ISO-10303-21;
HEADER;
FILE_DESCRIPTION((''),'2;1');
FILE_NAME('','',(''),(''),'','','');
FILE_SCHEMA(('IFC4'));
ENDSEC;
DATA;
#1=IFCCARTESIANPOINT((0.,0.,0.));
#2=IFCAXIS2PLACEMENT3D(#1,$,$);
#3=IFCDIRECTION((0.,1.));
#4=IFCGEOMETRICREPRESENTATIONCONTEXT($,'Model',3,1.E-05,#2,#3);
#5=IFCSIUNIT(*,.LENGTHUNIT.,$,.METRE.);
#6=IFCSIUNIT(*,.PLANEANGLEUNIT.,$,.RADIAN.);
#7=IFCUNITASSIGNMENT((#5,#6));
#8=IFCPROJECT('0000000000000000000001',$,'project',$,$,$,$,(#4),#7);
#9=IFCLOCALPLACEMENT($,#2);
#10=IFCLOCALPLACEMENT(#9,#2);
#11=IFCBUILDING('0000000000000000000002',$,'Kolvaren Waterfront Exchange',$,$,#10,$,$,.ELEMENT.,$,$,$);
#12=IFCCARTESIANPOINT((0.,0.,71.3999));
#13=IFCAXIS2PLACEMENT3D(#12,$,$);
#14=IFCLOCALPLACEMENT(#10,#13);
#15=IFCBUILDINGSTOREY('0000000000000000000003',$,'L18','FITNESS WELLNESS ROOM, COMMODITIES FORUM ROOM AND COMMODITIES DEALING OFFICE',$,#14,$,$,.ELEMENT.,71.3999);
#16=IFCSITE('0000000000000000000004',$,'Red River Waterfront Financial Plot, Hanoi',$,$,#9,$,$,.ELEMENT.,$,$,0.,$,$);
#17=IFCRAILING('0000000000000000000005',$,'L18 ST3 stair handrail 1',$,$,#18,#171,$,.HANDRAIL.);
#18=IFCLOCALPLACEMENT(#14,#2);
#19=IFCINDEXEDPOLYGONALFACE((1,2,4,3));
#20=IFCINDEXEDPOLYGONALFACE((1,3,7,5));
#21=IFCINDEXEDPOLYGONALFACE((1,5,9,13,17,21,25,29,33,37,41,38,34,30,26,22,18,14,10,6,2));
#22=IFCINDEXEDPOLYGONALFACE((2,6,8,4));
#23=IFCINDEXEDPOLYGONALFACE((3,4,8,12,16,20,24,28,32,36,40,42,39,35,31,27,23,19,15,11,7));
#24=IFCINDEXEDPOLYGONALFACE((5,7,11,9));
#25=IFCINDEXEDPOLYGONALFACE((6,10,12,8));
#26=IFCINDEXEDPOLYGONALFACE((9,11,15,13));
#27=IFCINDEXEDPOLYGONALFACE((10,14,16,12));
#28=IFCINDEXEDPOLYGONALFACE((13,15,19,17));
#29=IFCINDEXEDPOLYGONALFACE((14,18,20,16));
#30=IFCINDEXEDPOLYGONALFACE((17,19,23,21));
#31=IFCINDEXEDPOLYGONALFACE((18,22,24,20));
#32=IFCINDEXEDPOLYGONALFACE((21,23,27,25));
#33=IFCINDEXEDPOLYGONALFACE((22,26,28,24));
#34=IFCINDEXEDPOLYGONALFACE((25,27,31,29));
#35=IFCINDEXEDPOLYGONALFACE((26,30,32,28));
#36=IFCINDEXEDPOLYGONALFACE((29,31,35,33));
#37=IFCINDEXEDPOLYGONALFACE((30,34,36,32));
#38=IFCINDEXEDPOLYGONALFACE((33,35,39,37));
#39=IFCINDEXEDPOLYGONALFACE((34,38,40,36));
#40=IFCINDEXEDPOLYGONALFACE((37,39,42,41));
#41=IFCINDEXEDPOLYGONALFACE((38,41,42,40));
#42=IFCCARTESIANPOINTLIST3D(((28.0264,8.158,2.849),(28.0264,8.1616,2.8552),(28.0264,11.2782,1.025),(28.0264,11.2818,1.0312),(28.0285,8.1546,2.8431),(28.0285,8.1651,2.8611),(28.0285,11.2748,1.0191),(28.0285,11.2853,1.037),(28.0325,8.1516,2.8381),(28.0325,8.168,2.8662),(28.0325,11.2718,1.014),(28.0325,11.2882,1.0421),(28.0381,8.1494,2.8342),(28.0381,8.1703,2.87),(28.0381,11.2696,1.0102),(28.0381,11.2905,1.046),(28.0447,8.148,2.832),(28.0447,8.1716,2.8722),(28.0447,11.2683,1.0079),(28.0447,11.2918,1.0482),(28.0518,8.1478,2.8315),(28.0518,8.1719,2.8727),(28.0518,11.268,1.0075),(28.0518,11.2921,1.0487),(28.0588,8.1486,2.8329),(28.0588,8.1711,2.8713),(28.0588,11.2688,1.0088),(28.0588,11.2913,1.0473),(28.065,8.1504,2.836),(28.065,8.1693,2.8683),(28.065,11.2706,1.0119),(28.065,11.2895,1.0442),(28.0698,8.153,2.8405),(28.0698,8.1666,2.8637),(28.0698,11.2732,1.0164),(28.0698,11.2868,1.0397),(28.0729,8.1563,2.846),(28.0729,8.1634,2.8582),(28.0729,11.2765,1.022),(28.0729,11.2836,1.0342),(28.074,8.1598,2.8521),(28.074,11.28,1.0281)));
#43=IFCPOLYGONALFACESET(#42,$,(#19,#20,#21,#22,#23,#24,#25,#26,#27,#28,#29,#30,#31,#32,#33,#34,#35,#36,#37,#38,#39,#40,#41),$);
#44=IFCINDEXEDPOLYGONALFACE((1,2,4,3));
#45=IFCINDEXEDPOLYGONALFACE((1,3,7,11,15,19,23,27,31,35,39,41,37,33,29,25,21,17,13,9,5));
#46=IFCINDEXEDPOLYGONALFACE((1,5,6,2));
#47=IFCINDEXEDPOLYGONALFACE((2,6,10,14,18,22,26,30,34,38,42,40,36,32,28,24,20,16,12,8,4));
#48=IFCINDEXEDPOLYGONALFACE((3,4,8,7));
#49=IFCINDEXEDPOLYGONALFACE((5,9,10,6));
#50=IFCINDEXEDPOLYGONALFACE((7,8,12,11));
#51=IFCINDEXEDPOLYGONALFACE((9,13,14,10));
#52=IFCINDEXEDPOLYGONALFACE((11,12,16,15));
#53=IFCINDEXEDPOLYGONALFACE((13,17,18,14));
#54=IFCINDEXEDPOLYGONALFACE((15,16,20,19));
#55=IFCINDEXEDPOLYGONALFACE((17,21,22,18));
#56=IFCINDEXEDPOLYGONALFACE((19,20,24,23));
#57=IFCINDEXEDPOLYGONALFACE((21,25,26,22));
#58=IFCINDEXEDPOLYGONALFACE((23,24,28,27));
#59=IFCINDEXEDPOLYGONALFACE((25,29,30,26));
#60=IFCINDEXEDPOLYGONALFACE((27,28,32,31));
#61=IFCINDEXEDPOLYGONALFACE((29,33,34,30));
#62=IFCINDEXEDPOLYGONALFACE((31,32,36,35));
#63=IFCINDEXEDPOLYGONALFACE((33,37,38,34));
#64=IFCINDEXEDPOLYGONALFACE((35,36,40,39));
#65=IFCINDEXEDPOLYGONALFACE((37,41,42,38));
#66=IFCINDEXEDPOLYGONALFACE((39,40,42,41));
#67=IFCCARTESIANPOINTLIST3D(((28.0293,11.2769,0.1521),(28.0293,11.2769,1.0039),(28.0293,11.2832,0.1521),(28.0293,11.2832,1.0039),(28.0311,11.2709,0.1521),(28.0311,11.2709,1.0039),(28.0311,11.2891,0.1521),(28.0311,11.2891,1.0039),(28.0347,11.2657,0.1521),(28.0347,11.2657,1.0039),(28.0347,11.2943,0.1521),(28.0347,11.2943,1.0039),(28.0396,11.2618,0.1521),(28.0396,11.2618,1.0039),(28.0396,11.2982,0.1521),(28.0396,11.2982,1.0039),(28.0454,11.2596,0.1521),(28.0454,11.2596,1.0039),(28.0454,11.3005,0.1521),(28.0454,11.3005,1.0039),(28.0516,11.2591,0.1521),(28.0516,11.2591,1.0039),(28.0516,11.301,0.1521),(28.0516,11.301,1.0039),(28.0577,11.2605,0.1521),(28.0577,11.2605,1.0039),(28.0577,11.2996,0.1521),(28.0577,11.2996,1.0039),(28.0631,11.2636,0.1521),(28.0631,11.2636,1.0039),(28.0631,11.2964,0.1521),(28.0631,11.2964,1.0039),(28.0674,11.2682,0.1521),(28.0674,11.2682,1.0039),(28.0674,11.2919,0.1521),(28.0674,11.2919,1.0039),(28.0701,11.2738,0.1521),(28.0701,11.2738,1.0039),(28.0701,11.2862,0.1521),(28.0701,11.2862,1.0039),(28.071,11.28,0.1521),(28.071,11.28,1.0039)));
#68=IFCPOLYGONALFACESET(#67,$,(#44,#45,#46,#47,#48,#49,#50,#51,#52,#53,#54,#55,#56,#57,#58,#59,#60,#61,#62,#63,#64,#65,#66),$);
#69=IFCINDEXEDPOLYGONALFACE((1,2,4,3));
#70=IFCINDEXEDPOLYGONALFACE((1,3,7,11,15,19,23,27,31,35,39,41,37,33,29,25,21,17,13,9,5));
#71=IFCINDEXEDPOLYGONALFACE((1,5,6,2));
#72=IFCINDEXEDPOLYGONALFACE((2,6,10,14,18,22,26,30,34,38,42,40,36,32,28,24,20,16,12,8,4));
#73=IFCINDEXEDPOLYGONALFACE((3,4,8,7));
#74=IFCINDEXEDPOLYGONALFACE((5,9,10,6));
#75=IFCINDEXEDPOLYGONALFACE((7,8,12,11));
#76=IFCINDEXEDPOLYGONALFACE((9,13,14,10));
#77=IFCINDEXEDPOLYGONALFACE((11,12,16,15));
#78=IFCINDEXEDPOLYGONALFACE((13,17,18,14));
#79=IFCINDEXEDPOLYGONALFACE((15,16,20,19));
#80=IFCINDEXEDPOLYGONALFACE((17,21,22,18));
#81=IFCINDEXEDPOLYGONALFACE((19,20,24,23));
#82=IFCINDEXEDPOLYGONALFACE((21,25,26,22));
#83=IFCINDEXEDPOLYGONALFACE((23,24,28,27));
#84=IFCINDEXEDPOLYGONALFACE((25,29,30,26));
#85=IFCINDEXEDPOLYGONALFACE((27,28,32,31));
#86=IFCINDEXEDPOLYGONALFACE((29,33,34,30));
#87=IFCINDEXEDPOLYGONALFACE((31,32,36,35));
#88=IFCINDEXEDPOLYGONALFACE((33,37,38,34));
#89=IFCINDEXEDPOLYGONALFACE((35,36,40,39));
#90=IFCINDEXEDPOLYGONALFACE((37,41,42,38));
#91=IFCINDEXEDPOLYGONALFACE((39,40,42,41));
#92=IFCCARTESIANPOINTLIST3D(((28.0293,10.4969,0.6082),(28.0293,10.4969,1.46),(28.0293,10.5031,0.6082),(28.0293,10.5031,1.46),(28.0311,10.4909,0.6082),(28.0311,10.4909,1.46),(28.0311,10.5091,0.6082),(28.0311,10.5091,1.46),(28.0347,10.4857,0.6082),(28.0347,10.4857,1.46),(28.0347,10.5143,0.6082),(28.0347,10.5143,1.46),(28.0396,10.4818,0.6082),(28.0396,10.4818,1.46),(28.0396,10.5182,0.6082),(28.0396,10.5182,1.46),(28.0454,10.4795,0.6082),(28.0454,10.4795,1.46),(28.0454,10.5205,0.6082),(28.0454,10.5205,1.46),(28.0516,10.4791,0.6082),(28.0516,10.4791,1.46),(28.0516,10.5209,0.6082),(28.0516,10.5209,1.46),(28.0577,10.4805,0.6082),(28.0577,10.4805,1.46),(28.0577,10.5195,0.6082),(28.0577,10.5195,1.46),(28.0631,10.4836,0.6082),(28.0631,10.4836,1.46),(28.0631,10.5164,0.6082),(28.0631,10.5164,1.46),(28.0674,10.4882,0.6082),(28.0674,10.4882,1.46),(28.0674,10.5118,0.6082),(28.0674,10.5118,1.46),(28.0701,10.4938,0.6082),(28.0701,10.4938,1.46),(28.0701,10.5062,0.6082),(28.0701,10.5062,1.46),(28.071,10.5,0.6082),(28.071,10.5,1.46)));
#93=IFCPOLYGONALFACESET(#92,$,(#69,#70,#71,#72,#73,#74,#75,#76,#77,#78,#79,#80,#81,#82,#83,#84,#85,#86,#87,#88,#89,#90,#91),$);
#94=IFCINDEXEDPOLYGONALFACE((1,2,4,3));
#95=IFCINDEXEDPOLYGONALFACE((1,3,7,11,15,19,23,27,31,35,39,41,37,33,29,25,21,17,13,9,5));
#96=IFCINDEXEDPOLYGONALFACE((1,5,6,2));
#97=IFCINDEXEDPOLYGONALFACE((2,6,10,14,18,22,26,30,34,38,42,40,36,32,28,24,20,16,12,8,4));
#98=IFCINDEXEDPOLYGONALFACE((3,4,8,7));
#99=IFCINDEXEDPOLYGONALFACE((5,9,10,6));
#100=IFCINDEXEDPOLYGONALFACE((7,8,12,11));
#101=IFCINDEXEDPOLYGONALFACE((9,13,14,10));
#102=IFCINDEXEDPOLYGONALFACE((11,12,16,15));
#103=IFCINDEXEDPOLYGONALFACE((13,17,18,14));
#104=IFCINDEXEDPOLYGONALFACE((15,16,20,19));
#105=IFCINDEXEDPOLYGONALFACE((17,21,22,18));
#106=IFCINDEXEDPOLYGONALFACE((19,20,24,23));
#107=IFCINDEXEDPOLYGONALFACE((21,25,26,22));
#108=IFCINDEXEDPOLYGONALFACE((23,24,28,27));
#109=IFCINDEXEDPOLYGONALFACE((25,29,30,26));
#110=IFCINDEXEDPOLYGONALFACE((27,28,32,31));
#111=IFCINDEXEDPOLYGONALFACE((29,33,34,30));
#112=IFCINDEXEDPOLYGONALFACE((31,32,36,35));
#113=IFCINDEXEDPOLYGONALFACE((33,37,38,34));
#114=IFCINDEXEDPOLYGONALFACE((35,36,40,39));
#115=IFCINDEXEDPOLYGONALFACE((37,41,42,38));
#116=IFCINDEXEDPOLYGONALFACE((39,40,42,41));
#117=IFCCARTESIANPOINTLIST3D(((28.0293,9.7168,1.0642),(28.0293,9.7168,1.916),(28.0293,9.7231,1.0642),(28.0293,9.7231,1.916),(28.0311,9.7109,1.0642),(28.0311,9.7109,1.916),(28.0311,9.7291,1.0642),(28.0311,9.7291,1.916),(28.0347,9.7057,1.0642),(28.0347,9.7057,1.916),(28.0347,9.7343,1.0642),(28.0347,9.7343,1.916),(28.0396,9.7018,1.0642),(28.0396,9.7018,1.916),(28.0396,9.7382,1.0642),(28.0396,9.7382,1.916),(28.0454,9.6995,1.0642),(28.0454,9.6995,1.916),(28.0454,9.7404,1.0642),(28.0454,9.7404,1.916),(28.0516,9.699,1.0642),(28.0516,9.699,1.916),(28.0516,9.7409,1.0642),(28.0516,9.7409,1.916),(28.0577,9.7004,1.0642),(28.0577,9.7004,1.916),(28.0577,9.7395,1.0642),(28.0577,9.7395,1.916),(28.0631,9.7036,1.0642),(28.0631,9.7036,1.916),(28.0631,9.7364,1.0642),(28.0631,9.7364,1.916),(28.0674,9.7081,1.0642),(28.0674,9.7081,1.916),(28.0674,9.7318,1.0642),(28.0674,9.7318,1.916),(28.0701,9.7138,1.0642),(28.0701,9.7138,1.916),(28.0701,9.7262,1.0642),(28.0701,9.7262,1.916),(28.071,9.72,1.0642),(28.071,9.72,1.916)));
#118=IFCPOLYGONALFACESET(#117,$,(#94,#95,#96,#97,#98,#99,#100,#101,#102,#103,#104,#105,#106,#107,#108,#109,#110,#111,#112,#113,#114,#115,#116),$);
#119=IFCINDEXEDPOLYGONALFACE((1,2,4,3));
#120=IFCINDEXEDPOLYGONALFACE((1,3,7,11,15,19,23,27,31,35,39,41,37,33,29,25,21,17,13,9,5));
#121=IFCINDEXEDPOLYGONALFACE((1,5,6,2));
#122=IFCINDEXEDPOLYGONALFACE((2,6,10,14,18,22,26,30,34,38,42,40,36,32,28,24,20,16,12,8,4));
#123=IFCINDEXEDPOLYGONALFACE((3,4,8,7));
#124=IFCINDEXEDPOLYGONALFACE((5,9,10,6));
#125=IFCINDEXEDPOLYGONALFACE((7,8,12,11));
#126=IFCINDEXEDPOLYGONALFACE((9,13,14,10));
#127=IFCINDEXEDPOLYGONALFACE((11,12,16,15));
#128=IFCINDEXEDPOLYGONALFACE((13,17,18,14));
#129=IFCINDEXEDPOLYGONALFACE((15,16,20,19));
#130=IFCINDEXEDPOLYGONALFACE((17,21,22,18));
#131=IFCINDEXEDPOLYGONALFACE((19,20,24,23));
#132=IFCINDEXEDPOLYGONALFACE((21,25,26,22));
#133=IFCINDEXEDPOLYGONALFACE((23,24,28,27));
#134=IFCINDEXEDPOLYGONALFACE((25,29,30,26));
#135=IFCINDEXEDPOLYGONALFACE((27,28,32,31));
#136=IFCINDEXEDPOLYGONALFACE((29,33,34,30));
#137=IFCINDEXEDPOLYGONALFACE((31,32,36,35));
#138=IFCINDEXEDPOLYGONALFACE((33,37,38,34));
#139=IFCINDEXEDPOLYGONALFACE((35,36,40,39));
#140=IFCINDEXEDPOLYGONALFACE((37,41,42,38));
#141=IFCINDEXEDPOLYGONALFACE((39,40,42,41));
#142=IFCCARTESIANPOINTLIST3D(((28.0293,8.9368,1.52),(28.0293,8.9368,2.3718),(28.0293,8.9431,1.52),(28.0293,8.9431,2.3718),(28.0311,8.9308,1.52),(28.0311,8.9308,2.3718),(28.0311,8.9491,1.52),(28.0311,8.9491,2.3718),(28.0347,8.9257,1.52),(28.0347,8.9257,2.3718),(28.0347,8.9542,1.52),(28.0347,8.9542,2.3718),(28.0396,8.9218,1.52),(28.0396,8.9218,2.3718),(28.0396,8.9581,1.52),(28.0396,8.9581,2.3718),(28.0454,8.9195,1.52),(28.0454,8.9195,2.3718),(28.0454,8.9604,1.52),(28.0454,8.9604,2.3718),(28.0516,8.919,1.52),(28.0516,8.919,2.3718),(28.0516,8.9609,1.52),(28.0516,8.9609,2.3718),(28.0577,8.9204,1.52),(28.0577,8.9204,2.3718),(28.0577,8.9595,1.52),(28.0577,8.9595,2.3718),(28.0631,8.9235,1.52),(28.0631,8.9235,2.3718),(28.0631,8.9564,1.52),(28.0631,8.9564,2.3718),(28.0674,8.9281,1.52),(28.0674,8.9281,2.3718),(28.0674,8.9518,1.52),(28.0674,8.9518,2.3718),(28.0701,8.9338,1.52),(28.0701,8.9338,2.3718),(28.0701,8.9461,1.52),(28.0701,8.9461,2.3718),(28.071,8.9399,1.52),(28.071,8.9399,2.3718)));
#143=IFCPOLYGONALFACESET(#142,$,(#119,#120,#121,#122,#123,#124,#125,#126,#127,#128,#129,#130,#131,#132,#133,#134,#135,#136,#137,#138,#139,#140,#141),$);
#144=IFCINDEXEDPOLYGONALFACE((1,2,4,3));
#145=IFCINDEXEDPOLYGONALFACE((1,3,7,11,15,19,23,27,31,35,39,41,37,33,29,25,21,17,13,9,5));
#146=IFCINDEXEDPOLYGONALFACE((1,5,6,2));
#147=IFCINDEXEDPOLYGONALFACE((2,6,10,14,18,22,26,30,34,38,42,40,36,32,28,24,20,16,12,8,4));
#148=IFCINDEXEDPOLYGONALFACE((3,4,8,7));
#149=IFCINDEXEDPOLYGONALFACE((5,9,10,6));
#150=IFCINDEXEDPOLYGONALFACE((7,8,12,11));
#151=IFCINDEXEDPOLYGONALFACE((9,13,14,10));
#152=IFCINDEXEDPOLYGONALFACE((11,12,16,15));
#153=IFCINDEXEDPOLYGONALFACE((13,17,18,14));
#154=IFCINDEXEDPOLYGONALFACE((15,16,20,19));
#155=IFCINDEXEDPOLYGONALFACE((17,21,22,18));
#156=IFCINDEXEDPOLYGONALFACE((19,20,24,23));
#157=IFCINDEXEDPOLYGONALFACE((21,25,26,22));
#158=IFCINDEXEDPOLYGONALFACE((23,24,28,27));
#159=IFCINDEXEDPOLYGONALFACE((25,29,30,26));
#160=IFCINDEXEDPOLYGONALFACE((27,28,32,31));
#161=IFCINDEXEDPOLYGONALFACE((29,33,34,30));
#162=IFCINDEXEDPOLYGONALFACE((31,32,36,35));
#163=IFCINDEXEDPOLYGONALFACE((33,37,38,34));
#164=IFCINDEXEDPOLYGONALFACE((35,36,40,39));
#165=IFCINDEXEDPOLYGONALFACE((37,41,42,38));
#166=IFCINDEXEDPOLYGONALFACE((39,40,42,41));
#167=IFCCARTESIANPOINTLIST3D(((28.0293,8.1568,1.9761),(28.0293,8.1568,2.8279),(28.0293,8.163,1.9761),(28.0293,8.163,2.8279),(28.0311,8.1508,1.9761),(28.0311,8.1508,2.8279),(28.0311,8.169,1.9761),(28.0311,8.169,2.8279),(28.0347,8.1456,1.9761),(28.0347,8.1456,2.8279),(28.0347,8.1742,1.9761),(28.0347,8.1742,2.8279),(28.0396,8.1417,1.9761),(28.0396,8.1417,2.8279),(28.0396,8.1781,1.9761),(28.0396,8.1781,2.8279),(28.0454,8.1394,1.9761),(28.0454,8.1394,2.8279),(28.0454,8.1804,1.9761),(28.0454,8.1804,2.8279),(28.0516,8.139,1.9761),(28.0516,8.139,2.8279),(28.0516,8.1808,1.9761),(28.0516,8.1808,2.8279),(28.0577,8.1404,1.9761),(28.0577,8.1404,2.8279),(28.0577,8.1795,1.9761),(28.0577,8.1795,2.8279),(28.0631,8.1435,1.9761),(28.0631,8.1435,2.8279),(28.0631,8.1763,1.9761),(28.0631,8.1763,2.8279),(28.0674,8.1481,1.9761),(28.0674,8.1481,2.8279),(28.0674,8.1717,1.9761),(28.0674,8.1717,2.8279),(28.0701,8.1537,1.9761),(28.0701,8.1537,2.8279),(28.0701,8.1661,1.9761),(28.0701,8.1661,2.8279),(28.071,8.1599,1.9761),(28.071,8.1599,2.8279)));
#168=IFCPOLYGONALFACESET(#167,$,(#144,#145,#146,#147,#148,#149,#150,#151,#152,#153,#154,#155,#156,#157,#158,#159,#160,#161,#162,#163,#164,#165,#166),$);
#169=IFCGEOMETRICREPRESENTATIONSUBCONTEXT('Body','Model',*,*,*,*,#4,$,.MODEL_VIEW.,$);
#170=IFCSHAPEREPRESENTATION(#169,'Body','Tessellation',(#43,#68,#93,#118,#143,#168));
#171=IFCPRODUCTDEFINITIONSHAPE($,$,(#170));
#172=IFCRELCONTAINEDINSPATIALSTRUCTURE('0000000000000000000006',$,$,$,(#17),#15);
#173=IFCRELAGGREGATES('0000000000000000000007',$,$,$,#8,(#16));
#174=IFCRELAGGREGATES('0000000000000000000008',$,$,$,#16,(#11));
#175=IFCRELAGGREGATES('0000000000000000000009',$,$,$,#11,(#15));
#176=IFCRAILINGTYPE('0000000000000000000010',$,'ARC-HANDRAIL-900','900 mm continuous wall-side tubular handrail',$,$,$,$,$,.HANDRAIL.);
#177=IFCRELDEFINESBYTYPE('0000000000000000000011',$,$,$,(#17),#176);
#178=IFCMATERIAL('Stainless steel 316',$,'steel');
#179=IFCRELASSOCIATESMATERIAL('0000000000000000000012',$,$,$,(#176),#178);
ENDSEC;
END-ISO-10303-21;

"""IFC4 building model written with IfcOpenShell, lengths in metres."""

from ifc_helpers import new_model, si_unit, direction, frame, origin, origin_2d, place, context, subcontext, project, spatial, circle, extrude, material, type_object, element, save


model = new_model("IFC4")

# Units and contexts
model_context = context("Model", 3, precision=1e-05, world=origin(), true_north=direction((0.0, 1.0)))
body_context = subcontext(model_context, "Body", "Model", "MODEL_VIEW")
ifc_project = project(units=[si_unit("LENGTHUNIT", "METRE"), si_unit("PLANEANGLEUNIT", "RADIAN")], contexts=[model_context])

# Site, building, storey
site_placement = place(None, origin())
site = spatial("IfcSite", under=ifc_project, at=site_placement, Name="Red River Waterfront Financial Plot, Hanoi", CompositionType="ELEMENT", RefElevation=0.0)
building_placement = place(site_placement, origin())
building = spatial("IfcBuilding", under=site, at=building_placement, Name="Kolvaren Waterfront Exchange", CompositionType="ELEMENT")
storey_placement = place(building_placement, frame((0.0, 0.0, 71.3999)))
storey = spatial("IfcBuildingStorey", under=building, at=storey_placement, Name="L18", Description="FITNESS WELLNESS ROOM, COMMODITIES FORUM ROOM AND COMMODITIES DEALING OFFICE", CompositionType="ELEMENT", Elevation=71.3999)

# Railing
ifc_material_1 = material(Name="Stainless steel 316", Category="steel")
railing_type_1 = type_object("IfcRailingType", Name="ARC-HANDRAIL-900", Description="900 mm continuous wall-side tubular handrail", PredefinedType="HANDRAIL", material=ifc_material_1)
railing_1_placement = place(storey_placement, frame((28.05, 11.28, 0.1521)))
element("IfcRailing", 1, at=railing_1_placement, inside=storey, type_object=railing_type_1, Name="L18 ST3 stair handrail 1", PredefinedType="HANDRAIL", context=body_context, shape_type="SweptSolid", body=[
    extrude(circle(Radius=0.0239, at=origin_2d()), frame((0.0, 0.0, 0.876), z_axis=(0.0, -0.863308, 0.504677), x_axis=(1.0, 0.0, 0.0)), (0.0, 0.0, 1.0), 3.6143),
    extrude(circle(Radius=0.021, at=origin_2d()), origin(), (0.0, 0.0, 1.0), 0.8518),
    extrude(circle(Radius=0.021, at=origin_2d()), frame((0.0, -0.78, 0.4561)), (0.0, 0.0, 1.0), 0.8518),
    extrude(circle(Radius=0.021, at=origin_2d()), frame((0.0, -1.5601, 0.9121)), (0.0, 0.0, 1.0), 0.8518),
    extrude(circle(Radius=0.021, at=origin_2d()), frame((0.0, -2.3401, 1.3679)), (0.0, 0.0, 1.0), 0.8518),
    extrude(circle(Radius=0.021, at=origin_2d()), frame((0.0, -3.1201, 1.824)), (0.0, 0.0, 1.0), 0.8518),
])

save(model, "model.ifc")
